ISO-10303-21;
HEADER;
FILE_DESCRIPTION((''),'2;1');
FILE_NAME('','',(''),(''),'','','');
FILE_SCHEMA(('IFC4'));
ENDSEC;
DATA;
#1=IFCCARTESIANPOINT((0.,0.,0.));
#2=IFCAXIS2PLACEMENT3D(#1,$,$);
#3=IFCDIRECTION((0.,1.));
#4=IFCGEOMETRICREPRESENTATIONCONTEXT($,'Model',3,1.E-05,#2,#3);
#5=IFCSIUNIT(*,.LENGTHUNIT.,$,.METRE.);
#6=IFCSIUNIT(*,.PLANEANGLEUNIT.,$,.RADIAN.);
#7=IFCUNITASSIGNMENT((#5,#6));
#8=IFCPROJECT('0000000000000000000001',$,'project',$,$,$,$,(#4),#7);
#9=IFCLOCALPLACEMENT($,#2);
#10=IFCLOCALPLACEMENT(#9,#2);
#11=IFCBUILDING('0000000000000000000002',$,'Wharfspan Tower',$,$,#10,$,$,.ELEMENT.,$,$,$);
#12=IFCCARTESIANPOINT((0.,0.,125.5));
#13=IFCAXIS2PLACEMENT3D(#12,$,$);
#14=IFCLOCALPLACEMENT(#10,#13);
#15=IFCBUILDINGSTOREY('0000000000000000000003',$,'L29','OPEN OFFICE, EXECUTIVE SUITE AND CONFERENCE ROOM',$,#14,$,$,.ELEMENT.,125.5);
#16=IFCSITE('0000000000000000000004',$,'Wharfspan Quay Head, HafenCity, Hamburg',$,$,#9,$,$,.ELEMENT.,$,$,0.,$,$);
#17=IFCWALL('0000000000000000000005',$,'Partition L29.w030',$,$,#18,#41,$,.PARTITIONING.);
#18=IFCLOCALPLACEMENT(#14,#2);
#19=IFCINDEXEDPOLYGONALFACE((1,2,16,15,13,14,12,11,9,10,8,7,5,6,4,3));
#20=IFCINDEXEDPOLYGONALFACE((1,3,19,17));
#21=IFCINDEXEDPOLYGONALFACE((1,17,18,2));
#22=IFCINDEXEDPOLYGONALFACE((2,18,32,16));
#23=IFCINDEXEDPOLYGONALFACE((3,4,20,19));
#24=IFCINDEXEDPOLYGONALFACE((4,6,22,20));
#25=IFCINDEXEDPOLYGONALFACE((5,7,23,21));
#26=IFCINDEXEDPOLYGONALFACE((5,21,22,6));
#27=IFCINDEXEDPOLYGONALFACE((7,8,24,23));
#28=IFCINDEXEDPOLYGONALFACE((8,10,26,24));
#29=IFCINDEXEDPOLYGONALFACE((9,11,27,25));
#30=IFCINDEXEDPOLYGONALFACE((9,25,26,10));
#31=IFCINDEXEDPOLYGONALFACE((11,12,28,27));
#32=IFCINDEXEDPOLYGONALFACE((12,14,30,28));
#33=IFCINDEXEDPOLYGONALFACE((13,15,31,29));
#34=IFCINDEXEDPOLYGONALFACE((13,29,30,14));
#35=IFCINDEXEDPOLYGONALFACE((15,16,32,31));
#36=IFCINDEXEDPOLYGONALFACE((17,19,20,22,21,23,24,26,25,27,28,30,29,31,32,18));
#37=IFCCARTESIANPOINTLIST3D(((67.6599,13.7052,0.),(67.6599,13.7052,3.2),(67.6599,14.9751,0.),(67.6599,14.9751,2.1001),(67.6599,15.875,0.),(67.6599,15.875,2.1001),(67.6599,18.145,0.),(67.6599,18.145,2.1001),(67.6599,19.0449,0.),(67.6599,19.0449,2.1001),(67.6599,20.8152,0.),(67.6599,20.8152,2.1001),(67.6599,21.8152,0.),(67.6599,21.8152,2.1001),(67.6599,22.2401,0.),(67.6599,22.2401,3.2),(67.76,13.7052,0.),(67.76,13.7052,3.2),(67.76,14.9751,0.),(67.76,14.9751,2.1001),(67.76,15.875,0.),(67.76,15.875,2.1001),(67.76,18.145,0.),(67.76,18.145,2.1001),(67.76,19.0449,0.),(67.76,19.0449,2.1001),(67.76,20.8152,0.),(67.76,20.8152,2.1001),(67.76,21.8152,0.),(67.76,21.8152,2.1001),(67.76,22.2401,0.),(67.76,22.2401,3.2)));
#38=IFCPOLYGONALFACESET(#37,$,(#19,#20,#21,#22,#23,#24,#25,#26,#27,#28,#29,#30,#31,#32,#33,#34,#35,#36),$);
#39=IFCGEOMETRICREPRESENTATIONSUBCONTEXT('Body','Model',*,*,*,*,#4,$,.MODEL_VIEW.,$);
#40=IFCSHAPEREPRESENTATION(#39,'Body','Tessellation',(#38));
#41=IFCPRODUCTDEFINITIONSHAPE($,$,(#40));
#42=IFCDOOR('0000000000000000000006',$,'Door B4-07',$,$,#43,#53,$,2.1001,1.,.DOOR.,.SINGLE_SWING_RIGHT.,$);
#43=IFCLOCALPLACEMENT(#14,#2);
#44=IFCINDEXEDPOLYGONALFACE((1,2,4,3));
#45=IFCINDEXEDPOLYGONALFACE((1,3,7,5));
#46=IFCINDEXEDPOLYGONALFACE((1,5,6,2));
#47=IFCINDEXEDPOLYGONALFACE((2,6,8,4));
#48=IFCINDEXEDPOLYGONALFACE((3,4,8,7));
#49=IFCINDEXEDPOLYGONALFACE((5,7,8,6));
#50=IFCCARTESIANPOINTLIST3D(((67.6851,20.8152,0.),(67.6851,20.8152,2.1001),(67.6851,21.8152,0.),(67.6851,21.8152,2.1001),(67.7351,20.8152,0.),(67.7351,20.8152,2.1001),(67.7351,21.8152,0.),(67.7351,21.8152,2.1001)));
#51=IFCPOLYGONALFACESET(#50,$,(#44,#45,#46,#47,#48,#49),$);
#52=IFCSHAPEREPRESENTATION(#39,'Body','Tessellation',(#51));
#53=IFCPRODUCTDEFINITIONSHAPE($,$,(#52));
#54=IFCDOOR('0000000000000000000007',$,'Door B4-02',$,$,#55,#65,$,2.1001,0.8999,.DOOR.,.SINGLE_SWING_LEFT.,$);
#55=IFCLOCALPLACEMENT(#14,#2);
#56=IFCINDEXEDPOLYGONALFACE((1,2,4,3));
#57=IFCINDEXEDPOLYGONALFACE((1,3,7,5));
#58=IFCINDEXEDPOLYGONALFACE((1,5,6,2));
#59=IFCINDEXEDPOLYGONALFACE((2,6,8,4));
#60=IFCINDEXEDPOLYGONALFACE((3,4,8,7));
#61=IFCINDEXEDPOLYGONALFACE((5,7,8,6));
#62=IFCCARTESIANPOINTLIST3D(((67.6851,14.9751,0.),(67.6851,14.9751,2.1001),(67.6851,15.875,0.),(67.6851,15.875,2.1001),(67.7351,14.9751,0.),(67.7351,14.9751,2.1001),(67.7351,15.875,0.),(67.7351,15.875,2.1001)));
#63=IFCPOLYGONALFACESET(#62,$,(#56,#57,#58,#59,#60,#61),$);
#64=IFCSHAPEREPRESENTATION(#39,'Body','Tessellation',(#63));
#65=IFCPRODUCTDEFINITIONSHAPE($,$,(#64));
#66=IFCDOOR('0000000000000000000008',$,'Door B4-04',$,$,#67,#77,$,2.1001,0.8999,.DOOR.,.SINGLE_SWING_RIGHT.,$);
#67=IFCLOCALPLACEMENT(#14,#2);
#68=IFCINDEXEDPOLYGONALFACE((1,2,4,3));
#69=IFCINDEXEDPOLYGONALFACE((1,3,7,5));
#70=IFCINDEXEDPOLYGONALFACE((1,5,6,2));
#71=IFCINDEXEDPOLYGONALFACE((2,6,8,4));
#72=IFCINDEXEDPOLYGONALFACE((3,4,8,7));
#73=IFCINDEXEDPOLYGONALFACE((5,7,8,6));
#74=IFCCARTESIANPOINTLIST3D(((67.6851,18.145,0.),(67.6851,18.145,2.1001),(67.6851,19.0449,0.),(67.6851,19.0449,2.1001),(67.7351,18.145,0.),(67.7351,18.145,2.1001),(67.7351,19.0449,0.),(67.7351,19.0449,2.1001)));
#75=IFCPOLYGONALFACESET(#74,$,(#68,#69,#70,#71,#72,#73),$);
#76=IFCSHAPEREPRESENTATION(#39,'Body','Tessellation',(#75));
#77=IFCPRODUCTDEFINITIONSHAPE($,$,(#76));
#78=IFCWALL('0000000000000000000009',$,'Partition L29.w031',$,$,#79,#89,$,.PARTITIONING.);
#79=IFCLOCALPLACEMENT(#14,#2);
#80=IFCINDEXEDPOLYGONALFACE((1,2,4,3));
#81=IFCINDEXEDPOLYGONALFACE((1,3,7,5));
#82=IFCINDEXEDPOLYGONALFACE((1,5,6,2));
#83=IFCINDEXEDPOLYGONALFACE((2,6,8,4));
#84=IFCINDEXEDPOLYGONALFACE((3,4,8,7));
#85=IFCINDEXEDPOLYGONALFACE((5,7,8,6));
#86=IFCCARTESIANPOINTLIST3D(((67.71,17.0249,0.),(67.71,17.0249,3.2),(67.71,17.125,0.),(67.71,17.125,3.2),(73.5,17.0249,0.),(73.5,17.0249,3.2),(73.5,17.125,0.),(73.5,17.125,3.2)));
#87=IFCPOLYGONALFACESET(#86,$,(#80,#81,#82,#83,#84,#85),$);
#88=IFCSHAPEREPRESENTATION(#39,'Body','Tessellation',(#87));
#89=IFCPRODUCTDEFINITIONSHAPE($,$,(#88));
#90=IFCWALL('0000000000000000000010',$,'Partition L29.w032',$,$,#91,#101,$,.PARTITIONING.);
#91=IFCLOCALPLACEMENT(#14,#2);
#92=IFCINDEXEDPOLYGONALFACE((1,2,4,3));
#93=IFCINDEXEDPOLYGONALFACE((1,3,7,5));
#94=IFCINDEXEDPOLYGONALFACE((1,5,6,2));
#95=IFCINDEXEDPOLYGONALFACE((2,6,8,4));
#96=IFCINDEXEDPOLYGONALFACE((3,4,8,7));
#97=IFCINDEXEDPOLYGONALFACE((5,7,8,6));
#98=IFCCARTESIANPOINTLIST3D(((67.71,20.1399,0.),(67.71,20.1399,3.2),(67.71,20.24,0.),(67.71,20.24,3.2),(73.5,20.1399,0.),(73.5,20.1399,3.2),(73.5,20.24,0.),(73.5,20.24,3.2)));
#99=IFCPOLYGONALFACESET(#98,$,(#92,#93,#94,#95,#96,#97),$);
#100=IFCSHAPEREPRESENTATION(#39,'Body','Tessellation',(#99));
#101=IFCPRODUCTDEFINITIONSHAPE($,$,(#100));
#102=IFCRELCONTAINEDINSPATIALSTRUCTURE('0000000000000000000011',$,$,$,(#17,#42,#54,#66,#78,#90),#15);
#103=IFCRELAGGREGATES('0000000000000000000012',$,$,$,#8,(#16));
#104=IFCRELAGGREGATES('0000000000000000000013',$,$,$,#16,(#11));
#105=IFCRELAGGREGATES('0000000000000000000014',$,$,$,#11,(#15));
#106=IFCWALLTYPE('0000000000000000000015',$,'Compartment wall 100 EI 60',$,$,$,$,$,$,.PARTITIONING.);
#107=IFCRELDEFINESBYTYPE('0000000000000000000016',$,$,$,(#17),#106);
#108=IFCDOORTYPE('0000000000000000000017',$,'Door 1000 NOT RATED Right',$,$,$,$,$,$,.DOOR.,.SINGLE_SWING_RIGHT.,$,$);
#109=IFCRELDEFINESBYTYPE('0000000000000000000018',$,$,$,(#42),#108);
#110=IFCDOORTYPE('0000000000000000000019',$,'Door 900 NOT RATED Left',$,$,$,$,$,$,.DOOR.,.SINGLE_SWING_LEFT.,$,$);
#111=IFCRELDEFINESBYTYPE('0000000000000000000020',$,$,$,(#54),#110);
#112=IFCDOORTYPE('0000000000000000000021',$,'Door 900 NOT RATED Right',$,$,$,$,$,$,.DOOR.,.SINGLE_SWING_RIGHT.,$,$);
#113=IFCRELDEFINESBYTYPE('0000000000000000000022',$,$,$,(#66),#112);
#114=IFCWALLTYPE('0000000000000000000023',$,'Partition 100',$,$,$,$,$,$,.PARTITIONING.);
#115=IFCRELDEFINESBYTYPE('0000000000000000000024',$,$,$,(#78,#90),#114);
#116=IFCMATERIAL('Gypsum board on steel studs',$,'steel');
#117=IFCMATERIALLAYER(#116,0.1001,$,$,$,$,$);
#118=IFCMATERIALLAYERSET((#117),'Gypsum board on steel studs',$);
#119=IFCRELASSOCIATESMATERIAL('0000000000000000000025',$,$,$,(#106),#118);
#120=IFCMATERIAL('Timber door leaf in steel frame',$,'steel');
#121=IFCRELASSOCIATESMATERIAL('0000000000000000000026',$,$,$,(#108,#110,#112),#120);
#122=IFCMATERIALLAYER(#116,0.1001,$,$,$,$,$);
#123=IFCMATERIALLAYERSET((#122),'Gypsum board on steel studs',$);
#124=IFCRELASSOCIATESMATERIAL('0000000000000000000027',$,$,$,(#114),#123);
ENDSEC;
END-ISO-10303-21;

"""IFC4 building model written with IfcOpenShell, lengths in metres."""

from ifc_helpers import new_model, si_unit, direction, frame, frame_2d, origin, place, context, subcontext, project, spatial, rectangle, extrude, material, layer, layer_set, type_object, element, fill, save


model = new_model("IFC4")

# Units and contexts
model_context = context("Model", 3, precision=1e-05, world=origin(), true_north=direction((0.0, 1.0)))
body_context = subcontext(model_context, "Body", "Model", "MODEL_VIEW")
ifc_project = project(units=[si_unit("LENGTHUNIT", "METRE"), si_unit("PLANEANGLEUNIT", "RADIAN")], contexts=[model_context])

# Site, building, storey
site_placement = place(None, origin())
site = spatial("IfcSite", under=ifc_project, at=site_placement, Name="Wharfspan Quay Head, HafenCity, Hamburg", CompositionType="ELEMENT", RefElevation=0.0)
building_placement = place(site_placement, origin())
building = spatial("IfcBuilding", under=site, at=building_placement, Name="Wharfspan Tower", CompositionType="ELEMENT")
storey_placement = place(building_placement, frame((0.0, 0.0, 125.5)))
storey = spatial("IfcBuildingStorey", under=building, at=storey_placement, Name="L29", Description="OPEN OFFICE, EXECUTIVE SUITE AND CONFERENCE ROOM", CompositionType="ELEMENT", Elevation=125.5)

# Shared definitions
ifc_material_1 = material(Name="Gypsum board on steel studs", Category="steel")
ifc_layer_1 = layer(ifc_material_1, 0.1001)
ifc_layer_set_1 = layer_set([ifc_layer_1], Name="Gypsum board on steel studs")
wall_type_1 = type_object("IfcWallType", Name="Compartment wall 100 EI 60", PredefinedType="PARTITIONING", material=ifc_layer_set_1)

# Wall, openings, doors
wall_1_placement = place(storey_placement, frame((67.71, 13.7051, 0.0), z_axis=(0.0, 0.0, 1.0), x_axis=(0.0, 1.0, 0.0)))
wall_1 = element("IfcWall", 1, at=wall_1_placement, inside=storey, type_object=wall_type_1, Name="Partition L29.w030", PredefinedType="PARTITIONING", context=body_context, shape_type="SweptSolid", body=[
    extrude(rectangle(XDim=8.5349, YDim=0.1001, at=frame_2d((4.2676, 0.0))), origin(), (0.0, 0.0, 1.0), 3.2),
])
opening_1_placement = place(wall_1_placement, frame((1.27, 0.0, 0.0)))
opening_1 = element("IfcOpeningElement", 2, at=opening_1_placement, cuts=wall_1, PredefinedType="OPENING", context=body_context, shape_type="SweptSolid", body=[
    extrude(rectangle(XDim=0.8999, YDim=2.1001, at=frame_2d((0.45, 1.05))), frame((0.0, 0.0601, 0.0), z_axis=(0.0, -1.0, 0.0), x_axis=(1.0, 0.0, 0.0)), (0.0, 0.0, 1.0), 0.1201),
])
opening_2_placement = place(wall_1_placement, frame((4.4399, 0.0, 0.0)))
opening_2 = element("IfcOpeningElement", 3, at=opening_2_placement, cuts=wall_1, PredefinedType="OPENING", context=body_context, shape_type="SweptSolid", body=[
    extrude(rectangle(XDim=0.8999, YDim=2.1001, at=frame_2d((0.45, 1.05))), frame((0.0, 0.0601, 0.0), z_axis=(0.0, -1.0, 0.0), x_axis=(1.0, 0.0, 0.0)), (0.0, 0.0, 1.0), 0.1201),
])
opening_3_placement = place(wall_1_placement, frame((7.1101, 0.0, 0.0)))
opening_3 = element("IfcOpeningElement", 4, at=opening_3_placement, cuts=wall_1, PredefinedType="OPENING", context=body_context, shape_type="SweptSolid", body=[
    extrude(rectangle(XDim=1.0, YDim=2.1001, at=frame_2d((0.5, 1.05))), frame((0.0, 0.0601, 0.0), z_axis=(0.0, -1.0, 0.0), x_axis=(1.0, 0.0, 0.0)), (0.0, 0.0, 1.0), 0.1201),
])
ifc_material_2 = material(Name="Timber door leaf in steel frame", Category="steel")
door_type_1 = type_object("IfcDoorType", Name="Door 1000 NOT RATED Right", OperationType="SINGLE_SWING_RIGHT", PredefinedType="DOOR", material=ifc_material_2)
door_1_placement = place(opening_3_placement, origin())
door_1 = element("IfcDoor", 5, at=door_1_placement, inside=storey, type_object=door_type_1, Name="Door B4-07", OperationType="SINGLE_SWING_RIGHT", OverallHeight=2.1001, OverallWidth=1.0, PredefinedType="DOOR", context=body_context, shape_type="SweptSolid", body=[
    extrude(rectangle(XDim=1.0, YDim=2.1001, at=frame_2d((0.5, 1.05))), frame((0.0, 0.0249, 0.0), z_axis=(0.0, -1.0, 0.0), x_axis=(1.0, 0.0, 0.0)), (0.0, 0.0, 1.0), 0.05),
])
fill(opening_3, door_1)
door_type_2 = type_object("IfcDoorType", Name="Door 900 NOT RATED Left", OperationType="SINGLE_SWING_LEFT", PredefinedType="DOOR", material=ifc_material_2)
door_2_placement = place(opening_1_placement, origin())
door_2 = element("IfcDoor", 6, at=door_2_placement, inside=storey, type_object=door_type_2, Name="Door B4-02", OperationType="SINGLE_SWING_LEFT", OverallHeight=2.1001, OverallWidth=0.8999, PredefinedType="DOOR", context=body_context, shape_type="SweptSolid", body=[
    extrude(rectangle(XDim=0.8999, YDim=2.1001, at=frame_2d((0.45, 1.05))), frame((0.0, 0.0249, 0.0), z_axis=(0.0, -1.0, 0.0), x_axis=(1.0, 0.0, 0.0)), (0.0, 0.0, 1.0), 0.05),
])
fill(opening_1, door_2)
door_type_3 = type_object("IfcDoorType", Name="Door 900 NOT RATED Right", OperationType="SINGLE_SWING_RIGHT", PredefinedType="DOOR", material=ifc_material_2)
door_3_placement = place(opening_2_placement, origin())
door_3 = element("IfcDoor", 7, at=door_3_placement, inside=storey, type_object=door_type_3, Name="Door B4-04", OperationType="SINGLE_SWING_RIGHT", OverallHeight=2.1001, OverallWidth=0.8999, PredefinedType="DOOR", context=body_context, shape_type="SweptSolid", body=[
    extrude(rectangle(XDim=0.8999, YDim=2.1001, at=frame_2d((0.45, 1.05))), frame((0.0, 0.0249, 0.0), z_axis=(0.0, -1.0, 0.0), x_axis=(1.0, 0.0, 0.0)), (0.0, 0.0, 1.0), 0.05),
])
fill(opening_2, door_3)

# Walls
ifc_layer_2 = layer(ifc_material_1, 0.1001)
ifc_layer_set_2 = layer_set([ifc_layer_2], Name="Gypsum board on steel studs")
wall_type_2 = type_object("IfcWallType", Name="Partition 100", PredefinedType="PARTITIONING", material=ifc_layer_set_2)
for number, where, z_axis, x_axis, name in (
    (8, (67.71, 17.075, 0.0), (0.0, 0.0, 1.0), (1.0, 0.0, 0.0), "Partition L29.w031"),
    (9, (67.71, 20.1899, 0.0), (0.0, 0.0, 1.0), (1.0, 0.0, 0.0), "Partition L29.w032"),
):
    element("IfcWall", number, at=place(storey_placement, frame(where, z_axis=z_axis, x_axis=x_axis)), inside=storey, type_object=wall_type_2, Name=name, PredefinedType="PARTITIONING", context=body_context, shape_type="SweptSolid", body=[
        extrude(rectangle(XDim=5.79, YDim=0.1001, at=frame_2d((2.895, 0.0))), origin(), (0.0, 0.0, 1.0), 3.2),
    ])

save(model, "model.ifc")
